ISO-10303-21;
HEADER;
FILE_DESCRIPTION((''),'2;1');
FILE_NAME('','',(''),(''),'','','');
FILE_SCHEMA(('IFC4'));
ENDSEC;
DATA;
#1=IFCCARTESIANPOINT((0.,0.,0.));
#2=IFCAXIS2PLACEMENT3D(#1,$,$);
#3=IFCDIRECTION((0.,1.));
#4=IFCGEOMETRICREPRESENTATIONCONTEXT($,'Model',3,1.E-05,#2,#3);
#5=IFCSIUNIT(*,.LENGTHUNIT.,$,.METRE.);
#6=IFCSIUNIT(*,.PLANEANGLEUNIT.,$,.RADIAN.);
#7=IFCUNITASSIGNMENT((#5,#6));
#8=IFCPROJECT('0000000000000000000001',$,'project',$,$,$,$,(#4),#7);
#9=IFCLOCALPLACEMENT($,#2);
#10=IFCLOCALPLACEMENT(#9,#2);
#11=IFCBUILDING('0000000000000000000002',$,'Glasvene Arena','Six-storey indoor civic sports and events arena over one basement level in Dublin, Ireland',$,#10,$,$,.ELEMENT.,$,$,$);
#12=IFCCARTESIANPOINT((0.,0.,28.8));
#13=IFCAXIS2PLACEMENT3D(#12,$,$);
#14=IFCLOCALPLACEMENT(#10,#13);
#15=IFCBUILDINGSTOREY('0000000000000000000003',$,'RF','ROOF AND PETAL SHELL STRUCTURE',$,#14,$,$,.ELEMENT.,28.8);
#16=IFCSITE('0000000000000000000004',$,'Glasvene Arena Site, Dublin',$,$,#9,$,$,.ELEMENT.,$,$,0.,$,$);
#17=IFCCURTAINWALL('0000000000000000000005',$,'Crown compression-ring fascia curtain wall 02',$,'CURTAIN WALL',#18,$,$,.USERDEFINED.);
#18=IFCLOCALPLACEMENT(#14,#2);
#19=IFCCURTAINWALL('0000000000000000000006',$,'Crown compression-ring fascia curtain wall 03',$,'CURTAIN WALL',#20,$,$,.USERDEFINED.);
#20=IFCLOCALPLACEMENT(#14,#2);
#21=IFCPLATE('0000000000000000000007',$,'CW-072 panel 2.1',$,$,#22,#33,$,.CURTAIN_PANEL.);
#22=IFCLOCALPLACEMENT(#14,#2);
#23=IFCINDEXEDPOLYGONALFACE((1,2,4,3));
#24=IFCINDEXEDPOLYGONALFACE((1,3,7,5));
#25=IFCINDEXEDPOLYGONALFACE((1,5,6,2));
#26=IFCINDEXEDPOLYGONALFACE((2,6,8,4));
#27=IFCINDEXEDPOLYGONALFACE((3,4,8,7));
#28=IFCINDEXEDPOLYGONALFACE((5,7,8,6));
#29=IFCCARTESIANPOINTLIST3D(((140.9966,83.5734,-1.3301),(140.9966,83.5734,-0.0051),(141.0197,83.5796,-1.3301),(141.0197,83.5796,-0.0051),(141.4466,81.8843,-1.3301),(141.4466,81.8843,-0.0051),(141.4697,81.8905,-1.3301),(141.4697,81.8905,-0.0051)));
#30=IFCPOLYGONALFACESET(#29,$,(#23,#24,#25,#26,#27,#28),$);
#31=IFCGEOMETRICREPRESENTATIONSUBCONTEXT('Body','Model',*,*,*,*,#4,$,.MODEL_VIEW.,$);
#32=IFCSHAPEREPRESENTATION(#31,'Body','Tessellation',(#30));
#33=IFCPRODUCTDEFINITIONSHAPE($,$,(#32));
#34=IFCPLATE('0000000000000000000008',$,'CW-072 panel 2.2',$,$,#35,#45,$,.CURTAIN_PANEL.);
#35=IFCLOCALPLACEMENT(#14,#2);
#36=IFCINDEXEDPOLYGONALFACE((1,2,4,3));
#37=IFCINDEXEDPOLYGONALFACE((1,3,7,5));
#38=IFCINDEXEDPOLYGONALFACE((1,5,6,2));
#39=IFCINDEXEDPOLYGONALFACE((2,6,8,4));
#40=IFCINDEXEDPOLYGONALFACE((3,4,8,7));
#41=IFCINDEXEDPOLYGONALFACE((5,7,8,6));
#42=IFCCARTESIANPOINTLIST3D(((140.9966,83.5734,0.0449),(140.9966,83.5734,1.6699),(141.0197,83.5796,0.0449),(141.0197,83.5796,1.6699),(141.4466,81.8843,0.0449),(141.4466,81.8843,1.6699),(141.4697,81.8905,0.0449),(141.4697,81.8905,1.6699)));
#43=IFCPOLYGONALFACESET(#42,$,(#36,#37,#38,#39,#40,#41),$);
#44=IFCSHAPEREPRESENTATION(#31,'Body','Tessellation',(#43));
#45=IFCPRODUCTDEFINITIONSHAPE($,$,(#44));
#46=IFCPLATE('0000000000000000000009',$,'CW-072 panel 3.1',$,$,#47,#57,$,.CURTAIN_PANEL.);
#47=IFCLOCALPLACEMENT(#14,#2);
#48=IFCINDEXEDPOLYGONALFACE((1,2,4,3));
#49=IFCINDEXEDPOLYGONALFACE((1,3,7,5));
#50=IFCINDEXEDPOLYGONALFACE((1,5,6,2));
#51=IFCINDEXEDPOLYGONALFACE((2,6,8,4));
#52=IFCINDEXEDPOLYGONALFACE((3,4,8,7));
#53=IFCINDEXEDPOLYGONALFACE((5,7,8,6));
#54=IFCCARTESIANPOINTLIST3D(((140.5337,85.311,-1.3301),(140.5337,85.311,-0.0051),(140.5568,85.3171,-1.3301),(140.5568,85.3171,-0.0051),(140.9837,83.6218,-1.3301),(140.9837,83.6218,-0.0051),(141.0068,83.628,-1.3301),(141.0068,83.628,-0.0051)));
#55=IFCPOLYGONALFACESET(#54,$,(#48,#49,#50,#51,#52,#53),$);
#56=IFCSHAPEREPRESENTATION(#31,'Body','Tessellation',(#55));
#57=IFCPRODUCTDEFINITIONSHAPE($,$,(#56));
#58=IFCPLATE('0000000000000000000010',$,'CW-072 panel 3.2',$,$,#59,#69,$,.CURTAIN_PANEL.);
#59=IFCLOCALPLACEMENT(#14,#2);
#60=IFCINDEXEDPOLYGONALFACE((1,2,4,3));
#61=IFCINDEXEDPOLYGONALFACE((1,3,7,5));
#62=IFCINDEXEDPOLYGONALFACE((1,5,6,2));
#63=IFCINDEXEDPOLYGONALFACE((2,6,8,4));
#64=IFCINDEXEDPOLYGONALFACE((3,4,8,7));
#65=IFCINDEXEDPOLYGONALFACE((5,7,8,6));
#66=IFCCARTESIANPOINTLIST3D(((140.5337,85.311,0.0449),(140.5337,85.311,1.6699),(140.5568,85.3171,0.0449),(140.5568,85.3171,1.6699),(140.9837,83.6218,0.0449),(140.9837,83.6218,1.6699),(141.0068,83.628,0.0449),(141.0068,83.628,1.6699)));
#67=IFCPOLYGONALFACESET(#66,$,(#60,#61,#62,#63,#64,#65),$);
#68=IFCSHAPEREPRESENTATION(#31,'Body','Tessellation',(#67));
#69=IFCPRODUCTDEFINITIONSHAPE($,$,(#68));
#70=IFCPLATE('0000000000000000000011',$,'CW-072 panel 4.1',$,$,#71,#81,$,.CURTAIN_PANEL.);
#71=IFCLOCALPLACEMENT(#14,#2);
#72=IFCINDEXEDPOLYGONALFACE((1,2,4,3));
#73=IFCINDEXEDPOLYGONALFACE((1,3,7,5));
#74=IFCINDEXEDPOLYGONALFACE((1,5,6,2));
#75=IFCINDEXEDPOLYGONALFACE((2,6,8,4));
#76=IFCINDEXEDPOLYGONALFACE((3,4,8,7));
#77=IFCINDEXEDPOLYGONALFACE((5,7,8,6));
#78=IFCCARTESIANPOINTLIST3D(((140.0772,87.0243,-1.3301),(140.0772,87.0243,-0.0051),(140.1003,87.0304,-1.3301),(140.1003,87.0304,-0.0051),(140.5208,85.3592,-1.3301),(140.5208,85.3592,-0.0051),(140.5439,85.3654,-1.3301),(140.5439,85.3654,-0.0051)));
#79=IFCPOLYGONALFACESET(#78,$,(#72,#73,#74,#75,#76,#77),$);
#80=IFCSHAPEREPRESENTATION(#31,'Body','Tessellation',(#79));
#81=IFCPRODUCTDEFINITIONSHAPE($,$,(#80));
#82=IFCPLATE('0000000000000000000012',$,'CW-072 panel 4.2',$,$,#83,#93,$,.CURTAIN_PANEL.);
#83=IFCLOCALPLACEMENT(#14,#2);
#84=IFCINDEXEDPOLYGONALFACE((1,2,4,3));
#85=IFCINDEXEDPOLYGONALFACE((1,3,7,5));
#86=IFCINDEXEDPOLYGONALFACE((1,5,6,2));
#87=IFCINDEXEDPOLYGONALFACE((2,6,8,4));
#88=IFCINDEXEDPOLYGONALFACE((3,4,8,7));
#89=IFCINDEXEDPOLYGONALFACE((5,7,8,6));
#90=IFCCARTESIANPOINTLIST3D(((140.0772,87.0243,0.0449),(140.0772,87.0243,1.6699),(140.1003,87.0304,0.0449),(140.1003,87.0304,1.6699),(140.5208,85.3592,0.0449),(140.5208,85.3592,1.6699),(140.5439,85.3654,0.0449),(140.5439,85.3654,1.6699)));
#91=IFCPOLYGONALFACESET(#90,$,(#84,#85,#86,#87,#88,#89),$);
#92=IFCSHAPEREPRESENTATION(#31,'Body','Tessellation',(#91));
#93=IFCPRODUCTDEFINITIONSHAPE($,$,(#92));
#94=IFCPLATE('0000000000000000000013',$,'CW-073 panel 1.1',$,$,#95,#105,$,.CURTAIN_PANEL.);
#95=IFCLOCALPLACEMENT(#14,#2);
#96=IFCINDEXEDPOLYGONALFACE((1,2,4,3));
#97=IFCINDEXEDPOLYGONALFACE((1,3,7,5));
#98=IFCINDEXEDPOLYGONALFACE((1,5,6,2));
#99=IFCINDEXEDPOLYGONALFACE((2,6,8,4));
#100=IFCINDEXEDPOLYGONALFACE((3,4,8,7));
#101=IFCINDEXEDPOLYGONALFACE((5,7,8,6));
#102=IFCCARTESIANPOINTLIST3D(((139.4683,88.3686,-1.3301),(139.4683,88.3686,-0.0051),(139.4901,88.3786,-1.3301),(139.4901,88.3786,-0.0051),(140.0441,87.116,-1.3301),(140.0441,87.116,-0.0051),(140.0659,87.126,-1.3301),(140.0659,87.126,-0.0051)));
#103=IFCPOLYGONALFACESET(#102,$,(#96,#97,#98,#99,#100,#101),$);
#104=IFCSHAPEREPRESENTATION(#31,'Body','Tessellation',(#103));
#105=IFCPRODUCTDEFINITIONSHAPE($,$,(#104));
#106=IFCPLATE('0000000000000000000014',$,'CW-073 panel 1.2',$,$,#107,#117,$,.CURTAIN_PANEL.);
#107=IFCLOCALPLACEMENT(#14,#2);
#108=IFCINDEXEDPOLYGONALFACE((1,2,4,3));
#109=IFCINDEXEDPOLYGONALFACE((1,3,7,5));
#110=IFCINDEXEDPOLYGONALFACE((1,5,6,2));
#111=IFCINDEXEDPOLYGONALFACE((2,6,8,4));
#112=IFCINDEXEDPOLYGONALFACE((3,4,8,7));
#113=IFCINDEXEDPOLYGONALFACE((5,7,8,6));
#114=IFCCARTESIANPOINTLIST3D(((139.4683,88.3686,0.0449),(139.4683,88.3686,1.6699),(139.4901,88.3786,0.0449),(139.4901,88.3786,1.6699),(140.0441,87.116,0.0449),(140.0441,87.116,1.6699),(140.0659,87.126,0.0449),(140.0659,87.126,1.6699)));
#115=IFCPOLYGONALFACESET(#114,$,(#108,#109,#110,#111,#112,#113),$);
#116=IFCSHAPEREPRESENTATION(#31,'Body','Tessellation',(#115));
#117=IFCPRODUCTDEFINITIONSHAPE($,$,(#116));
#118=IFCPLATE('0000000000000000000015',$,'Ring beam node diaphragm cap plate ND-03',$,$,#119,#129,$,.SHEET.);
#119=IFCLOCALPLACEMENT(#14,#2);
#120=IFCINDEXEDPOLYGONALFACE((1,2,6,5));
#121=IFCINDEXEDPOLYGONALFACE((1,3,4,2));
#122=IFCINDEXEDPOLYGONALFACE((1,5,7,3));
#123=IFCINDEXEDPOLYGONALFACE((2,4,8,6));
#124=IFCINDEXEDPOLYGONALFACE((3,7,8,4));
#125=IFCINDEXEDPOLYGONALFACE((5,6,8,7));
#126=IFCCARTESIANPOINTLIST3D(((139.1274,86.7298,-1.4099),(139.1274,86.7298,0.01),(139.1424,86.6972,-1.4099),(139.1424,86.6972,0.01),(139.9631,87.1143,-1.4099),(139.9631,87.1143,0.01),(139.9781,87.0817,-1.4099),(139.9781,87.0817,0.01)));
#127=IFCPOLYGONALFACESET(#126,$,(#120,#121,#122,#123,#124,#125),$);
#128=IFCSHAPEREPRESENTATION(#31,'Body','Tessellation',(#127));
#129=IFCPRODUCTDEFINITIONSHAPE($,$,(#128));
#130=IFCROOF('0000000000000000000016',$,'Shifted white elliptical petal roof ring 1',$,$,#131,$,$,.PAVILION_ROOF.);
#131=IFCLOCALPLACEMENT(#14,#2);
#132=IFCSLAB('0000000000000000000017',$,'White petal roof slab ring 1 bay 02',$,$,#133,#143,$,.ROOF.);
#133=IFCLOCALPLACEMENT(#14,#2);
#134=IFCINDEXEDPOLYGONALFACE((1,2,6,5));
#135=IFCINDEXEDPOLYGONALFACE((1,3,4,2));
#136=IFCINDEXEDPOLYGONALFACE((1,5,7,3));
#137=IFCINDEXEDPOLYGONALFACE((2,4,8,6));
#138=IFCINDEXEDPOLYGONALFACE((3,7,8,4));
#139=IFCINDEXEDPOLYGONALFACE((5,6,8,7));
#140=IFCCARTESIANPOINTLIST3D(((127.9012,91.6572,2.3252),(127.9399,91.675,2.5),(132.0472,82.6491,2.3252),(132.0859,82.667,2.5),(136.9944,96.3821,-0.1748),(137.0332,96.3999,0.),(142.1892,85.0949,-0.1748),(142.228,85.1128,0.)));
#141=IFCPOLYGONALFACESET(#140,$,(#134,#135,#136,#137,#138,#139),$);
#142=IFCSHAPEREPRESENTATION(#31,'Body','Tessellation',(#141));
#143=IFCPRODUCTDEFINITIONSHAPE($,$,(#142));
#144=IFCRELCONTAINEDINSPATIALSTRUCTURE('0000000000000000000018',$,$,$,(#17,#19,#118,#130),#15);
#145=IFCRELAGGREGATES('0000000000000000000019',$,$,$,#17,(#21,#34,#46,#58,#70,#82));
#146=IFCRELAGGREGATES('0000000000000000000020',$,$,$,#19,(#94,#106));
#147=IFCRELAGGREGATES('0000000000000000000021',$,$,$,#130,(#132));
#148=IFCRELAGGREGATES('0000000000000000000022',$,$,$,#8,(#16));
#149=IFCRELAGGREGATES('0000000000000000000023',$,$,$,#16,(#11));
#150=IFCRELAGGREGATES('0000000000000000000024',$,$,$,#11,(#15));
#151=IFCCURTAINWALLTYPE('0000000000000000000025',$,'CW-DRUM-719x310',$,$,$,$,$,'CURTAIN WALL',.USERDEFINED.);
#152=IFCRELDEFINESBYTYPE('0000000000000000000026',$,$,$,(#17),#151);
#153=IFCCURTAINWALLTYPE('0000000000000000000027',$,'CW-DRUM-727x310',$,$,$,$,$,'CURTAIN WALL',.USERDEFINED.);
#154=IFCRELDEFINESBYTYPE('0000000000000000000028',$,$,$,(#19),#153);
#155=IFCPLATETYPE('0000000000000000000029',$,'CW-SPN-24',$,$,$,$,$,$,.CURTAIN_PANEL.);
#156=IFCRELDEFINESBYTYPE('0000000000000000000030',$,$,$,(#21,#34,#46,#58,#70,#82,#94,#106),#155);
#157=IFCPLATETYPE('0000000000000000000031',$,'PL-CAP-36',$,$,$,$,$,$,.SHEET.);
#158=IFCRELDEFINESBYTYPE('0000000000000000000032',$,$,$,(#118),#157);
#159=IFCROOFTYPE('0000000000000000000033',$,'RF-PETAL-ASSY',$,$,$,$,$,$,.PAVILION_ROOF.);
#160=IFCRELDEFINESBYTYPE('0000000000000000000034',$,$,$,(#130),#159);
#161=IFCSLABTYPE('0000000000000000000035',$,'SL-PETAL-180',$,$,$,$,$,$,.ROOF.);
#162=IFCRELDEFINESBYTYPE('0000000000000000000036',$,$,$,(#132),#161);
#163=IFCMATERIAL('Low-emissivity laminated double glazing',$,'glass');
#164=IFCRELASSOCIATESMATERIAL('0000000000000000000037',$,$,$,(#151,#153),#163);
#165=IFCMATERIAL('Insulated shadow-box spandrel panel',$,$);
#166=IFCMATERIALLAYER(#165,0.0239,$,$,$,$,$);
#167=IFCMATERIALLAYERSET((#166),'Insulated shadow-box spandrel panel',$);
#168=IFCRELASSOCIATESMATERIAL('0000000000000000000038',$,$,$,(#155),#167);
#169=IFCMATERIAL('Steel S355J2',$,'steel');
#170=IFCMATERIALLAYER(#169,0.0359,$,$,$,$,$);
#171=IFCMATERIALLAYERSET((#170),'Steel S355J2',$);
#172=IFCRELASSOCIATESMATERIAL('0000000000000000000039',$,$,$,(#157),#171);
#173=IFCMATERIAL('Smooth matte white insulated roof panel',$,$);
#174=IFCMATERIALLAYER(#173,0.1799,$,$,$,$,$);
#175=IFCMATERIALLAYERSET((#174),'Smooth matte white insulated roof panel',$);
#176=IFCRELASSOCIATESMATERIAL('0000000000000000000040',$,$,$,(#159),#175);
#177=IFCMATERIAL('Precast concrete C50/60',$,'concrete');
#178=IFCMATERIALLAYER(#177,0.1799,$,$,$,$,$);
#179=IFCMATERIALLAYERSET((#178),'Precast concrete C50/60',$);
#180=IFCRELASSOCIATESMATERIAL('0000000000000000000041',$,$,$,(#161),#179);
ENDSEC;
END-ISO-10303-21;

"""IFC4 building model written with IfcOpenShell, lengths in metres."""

from ifc_helpers import new_model, si_unit, direction, frame, origin, origin_2d, place, context, subcontext, project, spatial, polyline, rectangle, outline, extrude, material, layer, layer_set, type_object, element, aggregate, save


model = new_model("IFC4")

# Units and contexts
model_context = context("Model", 3, precision=1e-05, world=origin(), true_north=direction((0.0, 1.0)))
body_context = subcontext(model_context, "Body", "Model", "MODEL_VIEW")
ifc_project = project(units=[si_unit("LENGTHUNIT", "METRE"), si_unit("PLANEANGLEUNIT", "RADIAN")], contexts=[model_context])

# Site, building, storey
site_placement = place(None, origin())
site = spatial("IfcSite", under=ifc_project, at=site_placement, Name="Glasvene Arena Site, Dublin", CompositionType="ELEMENT", RefElevation=0.0)
building_placement = place(site_placement, origin())
building = spatial("IfcBuilding", under=site, at=building_placement, Name="Glasvene Arena", Description="Six-storey indoor civic sports and events arena over one basement level in Dublin, Ireland", CompositionType="ELEMENT")
storey_placement = place(building_placement, frame((0.0, 0.0, 28.8)))
storey = spatial("IfcBuildingStorey", under=building, at=storey_placement, Name="RF", Description="ROOF AND PETAL SHELL STRUCTURE", CompositionType="ELEMENT", Elevation=28.8)

# Shared definitions
ifc_material_1 = material(Name="Steel S355J2", Category="steel")

# Curtain walls
ifc_material_2 = material(Name="Low-emissivity laminated double glazing", Category="glass")
curtain_wall_type_1 = type_object("IfcCurtainWallType", Name="CW-DRUM-719x310", ElementType="CURTAIN WALL", PredefinedType="USERDEFINED", material=ifc_material_2)
curtain_wall_1_placement = place(storey_placement, frame((141.9275, 80.1255, 0.0)))
curtain_wall_1 = element("IfcCurtainWall", 1, at=curtain_wall_1_placement, inside=storey, type_object=curtain_wall_type_1, Name="Crown compression-ring fascia curtain wall 02", ObjectType="CURTAIN WALL", PredefinedType="USERDEFINED")
curtain_wall_type_2 = type_object("IfcCurtainWallType", Name="CW-DRUM-727x310", ElementType="CURTAIN WALL", PredefinedType="USERDEFINED", material=ifc_material_2)
curtain_wall_2_placement = place(storey_placement, frame((140.0759, 87.0757, 0.0)))
curtain_wall_2 = element("IfcCurtainWall", 2, at=curtain_wall_2_placement, inside=storey, type_object=curtain_wall_type_2, Name="Crown compression-ring fascia curtain wall 03", ObjectType="CURTAIN WALL", PredefinedType="USERDEFINED")

# Plates
ifc_material_3 = material(Name="Insulated shadow-box spandrel panel")
ifc_layer_1 = layer(ifc_material_3, 0.0239)
ifc_layer_set_1 = layer_set([ifc_layer_1], Name="Insulated shadow-box spandrel panel")
plate_type_1 = type_object("IfcPlateType", Name="CW-SPN-24", PredefinedType="CURTAIN_PANEL", material=ifc_layer_set_1)
plate_1_placement = place(storey_placement, frame((141.2332, 82.7319, -1.3301), z_axis=(0.0, 0.0, 1.0), x_axis=(-0.257447, 0.966292, 0.0)))
plate_1 = element("IfcPlate", 3, at=plate_1_placement, type_object=plate_type_1, Name="CW-072 panel 2.1", PredefinedType="CURTAIN_PANEL", context=body_context, shape_type="SweptSolid", body=[
    extrude(rectangle(XDim=1.748, YDim=0.0239, at=origin_2d()), origin(), (0.0, 0.0, 1.0), 1.325),
])
plate_2_placement = place(storey_placement, frame((141.2332, 82.7319, 0.0449), z_axis=(0.0, 0.0, 1.0), x_axis=(-0.257447, 0.966292, 0.0)))
plate_2 = element("IfcPlate", 4, at=plate_2_placement, type_object=plate_type_1, Name="CW-072 panel 2.2", PredefinedType="CURTAIN_PANEL", context=body_context, shape_type="SweptSolid", body=[
    extrude(rectangle(XDim=1.748, YDim=0.0239, at=origin_2d()), origin(), (0.0, 0.0, 1.0), 1.625),
])
plate_3_placement = place(storey_placement, frame((140.7703, 84.4695, -1.3301), z_axis=(0.0, 0.0, 1.0), x_axis=(-0.257447, 0.966292, 0.0)))
plate_3 = element("IfcPlate", 5, at=plate_3_placement, type_object=plate_type_1, Name="CW-072 panel 3.1", PredefinedType="CURTAIN_PANEL", context=body_context, shape_type="SweptSolid", body=[
    extrude(rectangle(XDim=1.748, YDim=0.0239, at=origin_2d()), origin(), (0.0, 0.0, 1.0), 1.325),
])
plate_4_placement = place(storey_placement, frame((140.7703, 84.4695, 0.0449), z_axis=(0.0, 0.0, 1.0), x_axis=(-0.257447, 0.966292, 0.0)))
plate_4 = element("IfcPlate", 6, at=plate_4_placement, type_object=plate_type_1, Name="CW-072 panel 3.2", PredefinedType="CURTAIN_PANEL", context=body_context, shape_type="SweptSolid", body=[
    extrude(rectangle(XDim=1.748, YDim=0.0239, at=origin_2d()), origin(), (0.0, 0.0, 1.0), 1.625),
])
plate_5_placement = place(storey_placement, frame((140.3105, 86.1948, -1.3301), z_axis=(0.0, 0.0, 1.0), x_axis=(-0.257447, 0.966292, 0.0)))
plate_5 = element("IfcPlate", 7, at=plate_5_placement, type_object=plate_type_1, Name="CW-072 panel 4.1", PredefinedType="CURTAIN_PANEL", context=body_context, shape_type="SweptSolid", body=[
    extrude(rectangle(XDim=1.7231, YDim=0.0239, at=origin_2d()), origin(), (0.0, 0.0, 1.0), 1.325),
])
plate_6_placement = place(storey_placement, frame((140.3105, 86.1948, 0.0449), z_axis=(0.0, 0.0, 1.0), x_axis=(-0.257447, 0.966292, 0.0)))
plate_6 = element("IfcPlate", 8, at=plate_6_placement, type_object=plate_type_1, Name="CW-072 panel 4.2", PredefinedType="CURTAIN_PANEL", context=body_context, shape_type="SweptSolid", body=[
    extrude(rectangle(XDim=1.7231, YDim=0.0239, at=origin_2d()), origin(), (0.0, 0.0, 1.0), 1.625),
])
aggregate(curtain_wall_1, [plate_1, plate_2, plate_3, plate_4, plate_5, plate_6])
plate_7_placement = place(storey_placement, frame((139.7671, 87.7473, -1.3301), z_axis=(0.0, 0.0, 1.0), x_axis=(-0.417661, 0.908603, 0.0)))
plate_7 = element("IfcPlate", 9, at=plate_7_placement, type_object=plate_type_1, Name="CW-073 panel 1.1", PredefinedType="CURTAIN_PANEL", context=body_context, shape_type="SweptSolid", body=[
    extrude(rectangle(XDim=1.3787, YDim=0.0239, at=origin_2d()), origin(), (0.0, 0.0, 1.0), 1.325),
])
plate_8_placement = place(storey_placement, frame((139.7671, 87.7473, 0.0449), z_axis=(0.0, 0.0, 1.0), x_axis=(-0.417661, 0.908603, 0.0)))
plate_8 = element("IfcPlate", 10, at=plate_8_placement, type_object=plate_type_1, Name="CW-073 panel 1.2", PredefinedType="CURTAIN_PANEL", context=body_context, shape_type="SweptSolid", body=[
    extrude(rectangle(XDim=1.3787, YDim=0.0239, at=origin_2d()), origin(), (0.0, 0.0, 1.0), 1.625),
])
aggregate(curtain_wall_2, [plate_7, plate_8])
ifc_layer_2 = layer(ifc_material_1, 0.0359)
ifc_layer_set_2 = layer_set([ifc_layer_2], Name="Steel S355J2")
plate_type_2 = type_object("IfcPlateType", Name="PL-CAP-36", PredefinedType="SHEET", material=ifc_layer_set_2)
plate_9_placement = place(storey_placement, frame((139.5527, 86.9058, -1.4099), z_axis=(0.0, 0.0, 1.0), x_axis=(-0.418026, 0.908435, 0.0)))
element("IfcPlate", 11, at=plate_9_placement, inside=storey, type_object=plate_type_2, Name="Ring beam node diaphragm cap plate ND-03", PredefinedType="SHEET", context=body_context, shape_type="SweptSolid", body=[
    extrude(rectangle(XDim=0.0359, YDim=0.9199, at=origin_2d()), origin(), (0.0, 0.0, 1.0), 1.4199),
])

# Roof, slab
ifc_material_4 = material(Name="Smooth matte white insulated roof panel")
ifc_layer_3 = layer(ifc_material_4, 0.1799)
ifc_layer_set_3 = layer_set([ifc_layer_3], Name="Smooth matte white insulated roof panel")
roof_type = type_object("IfcRoofType", Name="RF-PETAL-ASSY", PredefinedType="PAVILION_ROOF", material=ifc_layer_set_3)
roof_placement = place(storey_placement, frame((92.0, 73.0, 0.0)))
roof = element("IfcRoof", 12, at=roof_placement, inside=storey, type_object=roof_type, Name="Shifted white elliptical petal roof ring 1", PredefinedType="PAVILION_ROOF")
ifc_material_5 = material(Name="Precast concrete C50/60", Category="concrete")
ifc_layer_4 = layer(ifc_material_5, 0.1799)
ifc_layer_set_4 = layer_set([ifc_layer_4], Name="Precast concrete C50/60")
slab_type = type_object("IfcSlabType", Name="SL-PETAL-180", PredefinedType="ROOF", material=ifc_layer_set_4)
slab_placement = place(storey_placement, frame((142.228, 85.1128, 0.0), z_axis=(0.215535, 0.0992, 0.971444), x_axis=(-0.418089, 0.908406, -0.000001)))
slab = element("IfcSlab", 13, at=slab_placement, type_object=slab_type, Name="White petal roof slab ring 1 bay 02", PredefinedType="ROOF", context=body_context, shape_type="SweptSolid", body=[
    extrude(outline(polyline([(0.0, 0.0), (12.4252, 0.0), (11.9349, 10.5367), (2.0185, 10.5366), (0.0, 0.0)])), origin(), (0.0, 0.0, -1.0), 0.1799),
])
aggregate(roof, [slab])

save(model, "model.ifc")
